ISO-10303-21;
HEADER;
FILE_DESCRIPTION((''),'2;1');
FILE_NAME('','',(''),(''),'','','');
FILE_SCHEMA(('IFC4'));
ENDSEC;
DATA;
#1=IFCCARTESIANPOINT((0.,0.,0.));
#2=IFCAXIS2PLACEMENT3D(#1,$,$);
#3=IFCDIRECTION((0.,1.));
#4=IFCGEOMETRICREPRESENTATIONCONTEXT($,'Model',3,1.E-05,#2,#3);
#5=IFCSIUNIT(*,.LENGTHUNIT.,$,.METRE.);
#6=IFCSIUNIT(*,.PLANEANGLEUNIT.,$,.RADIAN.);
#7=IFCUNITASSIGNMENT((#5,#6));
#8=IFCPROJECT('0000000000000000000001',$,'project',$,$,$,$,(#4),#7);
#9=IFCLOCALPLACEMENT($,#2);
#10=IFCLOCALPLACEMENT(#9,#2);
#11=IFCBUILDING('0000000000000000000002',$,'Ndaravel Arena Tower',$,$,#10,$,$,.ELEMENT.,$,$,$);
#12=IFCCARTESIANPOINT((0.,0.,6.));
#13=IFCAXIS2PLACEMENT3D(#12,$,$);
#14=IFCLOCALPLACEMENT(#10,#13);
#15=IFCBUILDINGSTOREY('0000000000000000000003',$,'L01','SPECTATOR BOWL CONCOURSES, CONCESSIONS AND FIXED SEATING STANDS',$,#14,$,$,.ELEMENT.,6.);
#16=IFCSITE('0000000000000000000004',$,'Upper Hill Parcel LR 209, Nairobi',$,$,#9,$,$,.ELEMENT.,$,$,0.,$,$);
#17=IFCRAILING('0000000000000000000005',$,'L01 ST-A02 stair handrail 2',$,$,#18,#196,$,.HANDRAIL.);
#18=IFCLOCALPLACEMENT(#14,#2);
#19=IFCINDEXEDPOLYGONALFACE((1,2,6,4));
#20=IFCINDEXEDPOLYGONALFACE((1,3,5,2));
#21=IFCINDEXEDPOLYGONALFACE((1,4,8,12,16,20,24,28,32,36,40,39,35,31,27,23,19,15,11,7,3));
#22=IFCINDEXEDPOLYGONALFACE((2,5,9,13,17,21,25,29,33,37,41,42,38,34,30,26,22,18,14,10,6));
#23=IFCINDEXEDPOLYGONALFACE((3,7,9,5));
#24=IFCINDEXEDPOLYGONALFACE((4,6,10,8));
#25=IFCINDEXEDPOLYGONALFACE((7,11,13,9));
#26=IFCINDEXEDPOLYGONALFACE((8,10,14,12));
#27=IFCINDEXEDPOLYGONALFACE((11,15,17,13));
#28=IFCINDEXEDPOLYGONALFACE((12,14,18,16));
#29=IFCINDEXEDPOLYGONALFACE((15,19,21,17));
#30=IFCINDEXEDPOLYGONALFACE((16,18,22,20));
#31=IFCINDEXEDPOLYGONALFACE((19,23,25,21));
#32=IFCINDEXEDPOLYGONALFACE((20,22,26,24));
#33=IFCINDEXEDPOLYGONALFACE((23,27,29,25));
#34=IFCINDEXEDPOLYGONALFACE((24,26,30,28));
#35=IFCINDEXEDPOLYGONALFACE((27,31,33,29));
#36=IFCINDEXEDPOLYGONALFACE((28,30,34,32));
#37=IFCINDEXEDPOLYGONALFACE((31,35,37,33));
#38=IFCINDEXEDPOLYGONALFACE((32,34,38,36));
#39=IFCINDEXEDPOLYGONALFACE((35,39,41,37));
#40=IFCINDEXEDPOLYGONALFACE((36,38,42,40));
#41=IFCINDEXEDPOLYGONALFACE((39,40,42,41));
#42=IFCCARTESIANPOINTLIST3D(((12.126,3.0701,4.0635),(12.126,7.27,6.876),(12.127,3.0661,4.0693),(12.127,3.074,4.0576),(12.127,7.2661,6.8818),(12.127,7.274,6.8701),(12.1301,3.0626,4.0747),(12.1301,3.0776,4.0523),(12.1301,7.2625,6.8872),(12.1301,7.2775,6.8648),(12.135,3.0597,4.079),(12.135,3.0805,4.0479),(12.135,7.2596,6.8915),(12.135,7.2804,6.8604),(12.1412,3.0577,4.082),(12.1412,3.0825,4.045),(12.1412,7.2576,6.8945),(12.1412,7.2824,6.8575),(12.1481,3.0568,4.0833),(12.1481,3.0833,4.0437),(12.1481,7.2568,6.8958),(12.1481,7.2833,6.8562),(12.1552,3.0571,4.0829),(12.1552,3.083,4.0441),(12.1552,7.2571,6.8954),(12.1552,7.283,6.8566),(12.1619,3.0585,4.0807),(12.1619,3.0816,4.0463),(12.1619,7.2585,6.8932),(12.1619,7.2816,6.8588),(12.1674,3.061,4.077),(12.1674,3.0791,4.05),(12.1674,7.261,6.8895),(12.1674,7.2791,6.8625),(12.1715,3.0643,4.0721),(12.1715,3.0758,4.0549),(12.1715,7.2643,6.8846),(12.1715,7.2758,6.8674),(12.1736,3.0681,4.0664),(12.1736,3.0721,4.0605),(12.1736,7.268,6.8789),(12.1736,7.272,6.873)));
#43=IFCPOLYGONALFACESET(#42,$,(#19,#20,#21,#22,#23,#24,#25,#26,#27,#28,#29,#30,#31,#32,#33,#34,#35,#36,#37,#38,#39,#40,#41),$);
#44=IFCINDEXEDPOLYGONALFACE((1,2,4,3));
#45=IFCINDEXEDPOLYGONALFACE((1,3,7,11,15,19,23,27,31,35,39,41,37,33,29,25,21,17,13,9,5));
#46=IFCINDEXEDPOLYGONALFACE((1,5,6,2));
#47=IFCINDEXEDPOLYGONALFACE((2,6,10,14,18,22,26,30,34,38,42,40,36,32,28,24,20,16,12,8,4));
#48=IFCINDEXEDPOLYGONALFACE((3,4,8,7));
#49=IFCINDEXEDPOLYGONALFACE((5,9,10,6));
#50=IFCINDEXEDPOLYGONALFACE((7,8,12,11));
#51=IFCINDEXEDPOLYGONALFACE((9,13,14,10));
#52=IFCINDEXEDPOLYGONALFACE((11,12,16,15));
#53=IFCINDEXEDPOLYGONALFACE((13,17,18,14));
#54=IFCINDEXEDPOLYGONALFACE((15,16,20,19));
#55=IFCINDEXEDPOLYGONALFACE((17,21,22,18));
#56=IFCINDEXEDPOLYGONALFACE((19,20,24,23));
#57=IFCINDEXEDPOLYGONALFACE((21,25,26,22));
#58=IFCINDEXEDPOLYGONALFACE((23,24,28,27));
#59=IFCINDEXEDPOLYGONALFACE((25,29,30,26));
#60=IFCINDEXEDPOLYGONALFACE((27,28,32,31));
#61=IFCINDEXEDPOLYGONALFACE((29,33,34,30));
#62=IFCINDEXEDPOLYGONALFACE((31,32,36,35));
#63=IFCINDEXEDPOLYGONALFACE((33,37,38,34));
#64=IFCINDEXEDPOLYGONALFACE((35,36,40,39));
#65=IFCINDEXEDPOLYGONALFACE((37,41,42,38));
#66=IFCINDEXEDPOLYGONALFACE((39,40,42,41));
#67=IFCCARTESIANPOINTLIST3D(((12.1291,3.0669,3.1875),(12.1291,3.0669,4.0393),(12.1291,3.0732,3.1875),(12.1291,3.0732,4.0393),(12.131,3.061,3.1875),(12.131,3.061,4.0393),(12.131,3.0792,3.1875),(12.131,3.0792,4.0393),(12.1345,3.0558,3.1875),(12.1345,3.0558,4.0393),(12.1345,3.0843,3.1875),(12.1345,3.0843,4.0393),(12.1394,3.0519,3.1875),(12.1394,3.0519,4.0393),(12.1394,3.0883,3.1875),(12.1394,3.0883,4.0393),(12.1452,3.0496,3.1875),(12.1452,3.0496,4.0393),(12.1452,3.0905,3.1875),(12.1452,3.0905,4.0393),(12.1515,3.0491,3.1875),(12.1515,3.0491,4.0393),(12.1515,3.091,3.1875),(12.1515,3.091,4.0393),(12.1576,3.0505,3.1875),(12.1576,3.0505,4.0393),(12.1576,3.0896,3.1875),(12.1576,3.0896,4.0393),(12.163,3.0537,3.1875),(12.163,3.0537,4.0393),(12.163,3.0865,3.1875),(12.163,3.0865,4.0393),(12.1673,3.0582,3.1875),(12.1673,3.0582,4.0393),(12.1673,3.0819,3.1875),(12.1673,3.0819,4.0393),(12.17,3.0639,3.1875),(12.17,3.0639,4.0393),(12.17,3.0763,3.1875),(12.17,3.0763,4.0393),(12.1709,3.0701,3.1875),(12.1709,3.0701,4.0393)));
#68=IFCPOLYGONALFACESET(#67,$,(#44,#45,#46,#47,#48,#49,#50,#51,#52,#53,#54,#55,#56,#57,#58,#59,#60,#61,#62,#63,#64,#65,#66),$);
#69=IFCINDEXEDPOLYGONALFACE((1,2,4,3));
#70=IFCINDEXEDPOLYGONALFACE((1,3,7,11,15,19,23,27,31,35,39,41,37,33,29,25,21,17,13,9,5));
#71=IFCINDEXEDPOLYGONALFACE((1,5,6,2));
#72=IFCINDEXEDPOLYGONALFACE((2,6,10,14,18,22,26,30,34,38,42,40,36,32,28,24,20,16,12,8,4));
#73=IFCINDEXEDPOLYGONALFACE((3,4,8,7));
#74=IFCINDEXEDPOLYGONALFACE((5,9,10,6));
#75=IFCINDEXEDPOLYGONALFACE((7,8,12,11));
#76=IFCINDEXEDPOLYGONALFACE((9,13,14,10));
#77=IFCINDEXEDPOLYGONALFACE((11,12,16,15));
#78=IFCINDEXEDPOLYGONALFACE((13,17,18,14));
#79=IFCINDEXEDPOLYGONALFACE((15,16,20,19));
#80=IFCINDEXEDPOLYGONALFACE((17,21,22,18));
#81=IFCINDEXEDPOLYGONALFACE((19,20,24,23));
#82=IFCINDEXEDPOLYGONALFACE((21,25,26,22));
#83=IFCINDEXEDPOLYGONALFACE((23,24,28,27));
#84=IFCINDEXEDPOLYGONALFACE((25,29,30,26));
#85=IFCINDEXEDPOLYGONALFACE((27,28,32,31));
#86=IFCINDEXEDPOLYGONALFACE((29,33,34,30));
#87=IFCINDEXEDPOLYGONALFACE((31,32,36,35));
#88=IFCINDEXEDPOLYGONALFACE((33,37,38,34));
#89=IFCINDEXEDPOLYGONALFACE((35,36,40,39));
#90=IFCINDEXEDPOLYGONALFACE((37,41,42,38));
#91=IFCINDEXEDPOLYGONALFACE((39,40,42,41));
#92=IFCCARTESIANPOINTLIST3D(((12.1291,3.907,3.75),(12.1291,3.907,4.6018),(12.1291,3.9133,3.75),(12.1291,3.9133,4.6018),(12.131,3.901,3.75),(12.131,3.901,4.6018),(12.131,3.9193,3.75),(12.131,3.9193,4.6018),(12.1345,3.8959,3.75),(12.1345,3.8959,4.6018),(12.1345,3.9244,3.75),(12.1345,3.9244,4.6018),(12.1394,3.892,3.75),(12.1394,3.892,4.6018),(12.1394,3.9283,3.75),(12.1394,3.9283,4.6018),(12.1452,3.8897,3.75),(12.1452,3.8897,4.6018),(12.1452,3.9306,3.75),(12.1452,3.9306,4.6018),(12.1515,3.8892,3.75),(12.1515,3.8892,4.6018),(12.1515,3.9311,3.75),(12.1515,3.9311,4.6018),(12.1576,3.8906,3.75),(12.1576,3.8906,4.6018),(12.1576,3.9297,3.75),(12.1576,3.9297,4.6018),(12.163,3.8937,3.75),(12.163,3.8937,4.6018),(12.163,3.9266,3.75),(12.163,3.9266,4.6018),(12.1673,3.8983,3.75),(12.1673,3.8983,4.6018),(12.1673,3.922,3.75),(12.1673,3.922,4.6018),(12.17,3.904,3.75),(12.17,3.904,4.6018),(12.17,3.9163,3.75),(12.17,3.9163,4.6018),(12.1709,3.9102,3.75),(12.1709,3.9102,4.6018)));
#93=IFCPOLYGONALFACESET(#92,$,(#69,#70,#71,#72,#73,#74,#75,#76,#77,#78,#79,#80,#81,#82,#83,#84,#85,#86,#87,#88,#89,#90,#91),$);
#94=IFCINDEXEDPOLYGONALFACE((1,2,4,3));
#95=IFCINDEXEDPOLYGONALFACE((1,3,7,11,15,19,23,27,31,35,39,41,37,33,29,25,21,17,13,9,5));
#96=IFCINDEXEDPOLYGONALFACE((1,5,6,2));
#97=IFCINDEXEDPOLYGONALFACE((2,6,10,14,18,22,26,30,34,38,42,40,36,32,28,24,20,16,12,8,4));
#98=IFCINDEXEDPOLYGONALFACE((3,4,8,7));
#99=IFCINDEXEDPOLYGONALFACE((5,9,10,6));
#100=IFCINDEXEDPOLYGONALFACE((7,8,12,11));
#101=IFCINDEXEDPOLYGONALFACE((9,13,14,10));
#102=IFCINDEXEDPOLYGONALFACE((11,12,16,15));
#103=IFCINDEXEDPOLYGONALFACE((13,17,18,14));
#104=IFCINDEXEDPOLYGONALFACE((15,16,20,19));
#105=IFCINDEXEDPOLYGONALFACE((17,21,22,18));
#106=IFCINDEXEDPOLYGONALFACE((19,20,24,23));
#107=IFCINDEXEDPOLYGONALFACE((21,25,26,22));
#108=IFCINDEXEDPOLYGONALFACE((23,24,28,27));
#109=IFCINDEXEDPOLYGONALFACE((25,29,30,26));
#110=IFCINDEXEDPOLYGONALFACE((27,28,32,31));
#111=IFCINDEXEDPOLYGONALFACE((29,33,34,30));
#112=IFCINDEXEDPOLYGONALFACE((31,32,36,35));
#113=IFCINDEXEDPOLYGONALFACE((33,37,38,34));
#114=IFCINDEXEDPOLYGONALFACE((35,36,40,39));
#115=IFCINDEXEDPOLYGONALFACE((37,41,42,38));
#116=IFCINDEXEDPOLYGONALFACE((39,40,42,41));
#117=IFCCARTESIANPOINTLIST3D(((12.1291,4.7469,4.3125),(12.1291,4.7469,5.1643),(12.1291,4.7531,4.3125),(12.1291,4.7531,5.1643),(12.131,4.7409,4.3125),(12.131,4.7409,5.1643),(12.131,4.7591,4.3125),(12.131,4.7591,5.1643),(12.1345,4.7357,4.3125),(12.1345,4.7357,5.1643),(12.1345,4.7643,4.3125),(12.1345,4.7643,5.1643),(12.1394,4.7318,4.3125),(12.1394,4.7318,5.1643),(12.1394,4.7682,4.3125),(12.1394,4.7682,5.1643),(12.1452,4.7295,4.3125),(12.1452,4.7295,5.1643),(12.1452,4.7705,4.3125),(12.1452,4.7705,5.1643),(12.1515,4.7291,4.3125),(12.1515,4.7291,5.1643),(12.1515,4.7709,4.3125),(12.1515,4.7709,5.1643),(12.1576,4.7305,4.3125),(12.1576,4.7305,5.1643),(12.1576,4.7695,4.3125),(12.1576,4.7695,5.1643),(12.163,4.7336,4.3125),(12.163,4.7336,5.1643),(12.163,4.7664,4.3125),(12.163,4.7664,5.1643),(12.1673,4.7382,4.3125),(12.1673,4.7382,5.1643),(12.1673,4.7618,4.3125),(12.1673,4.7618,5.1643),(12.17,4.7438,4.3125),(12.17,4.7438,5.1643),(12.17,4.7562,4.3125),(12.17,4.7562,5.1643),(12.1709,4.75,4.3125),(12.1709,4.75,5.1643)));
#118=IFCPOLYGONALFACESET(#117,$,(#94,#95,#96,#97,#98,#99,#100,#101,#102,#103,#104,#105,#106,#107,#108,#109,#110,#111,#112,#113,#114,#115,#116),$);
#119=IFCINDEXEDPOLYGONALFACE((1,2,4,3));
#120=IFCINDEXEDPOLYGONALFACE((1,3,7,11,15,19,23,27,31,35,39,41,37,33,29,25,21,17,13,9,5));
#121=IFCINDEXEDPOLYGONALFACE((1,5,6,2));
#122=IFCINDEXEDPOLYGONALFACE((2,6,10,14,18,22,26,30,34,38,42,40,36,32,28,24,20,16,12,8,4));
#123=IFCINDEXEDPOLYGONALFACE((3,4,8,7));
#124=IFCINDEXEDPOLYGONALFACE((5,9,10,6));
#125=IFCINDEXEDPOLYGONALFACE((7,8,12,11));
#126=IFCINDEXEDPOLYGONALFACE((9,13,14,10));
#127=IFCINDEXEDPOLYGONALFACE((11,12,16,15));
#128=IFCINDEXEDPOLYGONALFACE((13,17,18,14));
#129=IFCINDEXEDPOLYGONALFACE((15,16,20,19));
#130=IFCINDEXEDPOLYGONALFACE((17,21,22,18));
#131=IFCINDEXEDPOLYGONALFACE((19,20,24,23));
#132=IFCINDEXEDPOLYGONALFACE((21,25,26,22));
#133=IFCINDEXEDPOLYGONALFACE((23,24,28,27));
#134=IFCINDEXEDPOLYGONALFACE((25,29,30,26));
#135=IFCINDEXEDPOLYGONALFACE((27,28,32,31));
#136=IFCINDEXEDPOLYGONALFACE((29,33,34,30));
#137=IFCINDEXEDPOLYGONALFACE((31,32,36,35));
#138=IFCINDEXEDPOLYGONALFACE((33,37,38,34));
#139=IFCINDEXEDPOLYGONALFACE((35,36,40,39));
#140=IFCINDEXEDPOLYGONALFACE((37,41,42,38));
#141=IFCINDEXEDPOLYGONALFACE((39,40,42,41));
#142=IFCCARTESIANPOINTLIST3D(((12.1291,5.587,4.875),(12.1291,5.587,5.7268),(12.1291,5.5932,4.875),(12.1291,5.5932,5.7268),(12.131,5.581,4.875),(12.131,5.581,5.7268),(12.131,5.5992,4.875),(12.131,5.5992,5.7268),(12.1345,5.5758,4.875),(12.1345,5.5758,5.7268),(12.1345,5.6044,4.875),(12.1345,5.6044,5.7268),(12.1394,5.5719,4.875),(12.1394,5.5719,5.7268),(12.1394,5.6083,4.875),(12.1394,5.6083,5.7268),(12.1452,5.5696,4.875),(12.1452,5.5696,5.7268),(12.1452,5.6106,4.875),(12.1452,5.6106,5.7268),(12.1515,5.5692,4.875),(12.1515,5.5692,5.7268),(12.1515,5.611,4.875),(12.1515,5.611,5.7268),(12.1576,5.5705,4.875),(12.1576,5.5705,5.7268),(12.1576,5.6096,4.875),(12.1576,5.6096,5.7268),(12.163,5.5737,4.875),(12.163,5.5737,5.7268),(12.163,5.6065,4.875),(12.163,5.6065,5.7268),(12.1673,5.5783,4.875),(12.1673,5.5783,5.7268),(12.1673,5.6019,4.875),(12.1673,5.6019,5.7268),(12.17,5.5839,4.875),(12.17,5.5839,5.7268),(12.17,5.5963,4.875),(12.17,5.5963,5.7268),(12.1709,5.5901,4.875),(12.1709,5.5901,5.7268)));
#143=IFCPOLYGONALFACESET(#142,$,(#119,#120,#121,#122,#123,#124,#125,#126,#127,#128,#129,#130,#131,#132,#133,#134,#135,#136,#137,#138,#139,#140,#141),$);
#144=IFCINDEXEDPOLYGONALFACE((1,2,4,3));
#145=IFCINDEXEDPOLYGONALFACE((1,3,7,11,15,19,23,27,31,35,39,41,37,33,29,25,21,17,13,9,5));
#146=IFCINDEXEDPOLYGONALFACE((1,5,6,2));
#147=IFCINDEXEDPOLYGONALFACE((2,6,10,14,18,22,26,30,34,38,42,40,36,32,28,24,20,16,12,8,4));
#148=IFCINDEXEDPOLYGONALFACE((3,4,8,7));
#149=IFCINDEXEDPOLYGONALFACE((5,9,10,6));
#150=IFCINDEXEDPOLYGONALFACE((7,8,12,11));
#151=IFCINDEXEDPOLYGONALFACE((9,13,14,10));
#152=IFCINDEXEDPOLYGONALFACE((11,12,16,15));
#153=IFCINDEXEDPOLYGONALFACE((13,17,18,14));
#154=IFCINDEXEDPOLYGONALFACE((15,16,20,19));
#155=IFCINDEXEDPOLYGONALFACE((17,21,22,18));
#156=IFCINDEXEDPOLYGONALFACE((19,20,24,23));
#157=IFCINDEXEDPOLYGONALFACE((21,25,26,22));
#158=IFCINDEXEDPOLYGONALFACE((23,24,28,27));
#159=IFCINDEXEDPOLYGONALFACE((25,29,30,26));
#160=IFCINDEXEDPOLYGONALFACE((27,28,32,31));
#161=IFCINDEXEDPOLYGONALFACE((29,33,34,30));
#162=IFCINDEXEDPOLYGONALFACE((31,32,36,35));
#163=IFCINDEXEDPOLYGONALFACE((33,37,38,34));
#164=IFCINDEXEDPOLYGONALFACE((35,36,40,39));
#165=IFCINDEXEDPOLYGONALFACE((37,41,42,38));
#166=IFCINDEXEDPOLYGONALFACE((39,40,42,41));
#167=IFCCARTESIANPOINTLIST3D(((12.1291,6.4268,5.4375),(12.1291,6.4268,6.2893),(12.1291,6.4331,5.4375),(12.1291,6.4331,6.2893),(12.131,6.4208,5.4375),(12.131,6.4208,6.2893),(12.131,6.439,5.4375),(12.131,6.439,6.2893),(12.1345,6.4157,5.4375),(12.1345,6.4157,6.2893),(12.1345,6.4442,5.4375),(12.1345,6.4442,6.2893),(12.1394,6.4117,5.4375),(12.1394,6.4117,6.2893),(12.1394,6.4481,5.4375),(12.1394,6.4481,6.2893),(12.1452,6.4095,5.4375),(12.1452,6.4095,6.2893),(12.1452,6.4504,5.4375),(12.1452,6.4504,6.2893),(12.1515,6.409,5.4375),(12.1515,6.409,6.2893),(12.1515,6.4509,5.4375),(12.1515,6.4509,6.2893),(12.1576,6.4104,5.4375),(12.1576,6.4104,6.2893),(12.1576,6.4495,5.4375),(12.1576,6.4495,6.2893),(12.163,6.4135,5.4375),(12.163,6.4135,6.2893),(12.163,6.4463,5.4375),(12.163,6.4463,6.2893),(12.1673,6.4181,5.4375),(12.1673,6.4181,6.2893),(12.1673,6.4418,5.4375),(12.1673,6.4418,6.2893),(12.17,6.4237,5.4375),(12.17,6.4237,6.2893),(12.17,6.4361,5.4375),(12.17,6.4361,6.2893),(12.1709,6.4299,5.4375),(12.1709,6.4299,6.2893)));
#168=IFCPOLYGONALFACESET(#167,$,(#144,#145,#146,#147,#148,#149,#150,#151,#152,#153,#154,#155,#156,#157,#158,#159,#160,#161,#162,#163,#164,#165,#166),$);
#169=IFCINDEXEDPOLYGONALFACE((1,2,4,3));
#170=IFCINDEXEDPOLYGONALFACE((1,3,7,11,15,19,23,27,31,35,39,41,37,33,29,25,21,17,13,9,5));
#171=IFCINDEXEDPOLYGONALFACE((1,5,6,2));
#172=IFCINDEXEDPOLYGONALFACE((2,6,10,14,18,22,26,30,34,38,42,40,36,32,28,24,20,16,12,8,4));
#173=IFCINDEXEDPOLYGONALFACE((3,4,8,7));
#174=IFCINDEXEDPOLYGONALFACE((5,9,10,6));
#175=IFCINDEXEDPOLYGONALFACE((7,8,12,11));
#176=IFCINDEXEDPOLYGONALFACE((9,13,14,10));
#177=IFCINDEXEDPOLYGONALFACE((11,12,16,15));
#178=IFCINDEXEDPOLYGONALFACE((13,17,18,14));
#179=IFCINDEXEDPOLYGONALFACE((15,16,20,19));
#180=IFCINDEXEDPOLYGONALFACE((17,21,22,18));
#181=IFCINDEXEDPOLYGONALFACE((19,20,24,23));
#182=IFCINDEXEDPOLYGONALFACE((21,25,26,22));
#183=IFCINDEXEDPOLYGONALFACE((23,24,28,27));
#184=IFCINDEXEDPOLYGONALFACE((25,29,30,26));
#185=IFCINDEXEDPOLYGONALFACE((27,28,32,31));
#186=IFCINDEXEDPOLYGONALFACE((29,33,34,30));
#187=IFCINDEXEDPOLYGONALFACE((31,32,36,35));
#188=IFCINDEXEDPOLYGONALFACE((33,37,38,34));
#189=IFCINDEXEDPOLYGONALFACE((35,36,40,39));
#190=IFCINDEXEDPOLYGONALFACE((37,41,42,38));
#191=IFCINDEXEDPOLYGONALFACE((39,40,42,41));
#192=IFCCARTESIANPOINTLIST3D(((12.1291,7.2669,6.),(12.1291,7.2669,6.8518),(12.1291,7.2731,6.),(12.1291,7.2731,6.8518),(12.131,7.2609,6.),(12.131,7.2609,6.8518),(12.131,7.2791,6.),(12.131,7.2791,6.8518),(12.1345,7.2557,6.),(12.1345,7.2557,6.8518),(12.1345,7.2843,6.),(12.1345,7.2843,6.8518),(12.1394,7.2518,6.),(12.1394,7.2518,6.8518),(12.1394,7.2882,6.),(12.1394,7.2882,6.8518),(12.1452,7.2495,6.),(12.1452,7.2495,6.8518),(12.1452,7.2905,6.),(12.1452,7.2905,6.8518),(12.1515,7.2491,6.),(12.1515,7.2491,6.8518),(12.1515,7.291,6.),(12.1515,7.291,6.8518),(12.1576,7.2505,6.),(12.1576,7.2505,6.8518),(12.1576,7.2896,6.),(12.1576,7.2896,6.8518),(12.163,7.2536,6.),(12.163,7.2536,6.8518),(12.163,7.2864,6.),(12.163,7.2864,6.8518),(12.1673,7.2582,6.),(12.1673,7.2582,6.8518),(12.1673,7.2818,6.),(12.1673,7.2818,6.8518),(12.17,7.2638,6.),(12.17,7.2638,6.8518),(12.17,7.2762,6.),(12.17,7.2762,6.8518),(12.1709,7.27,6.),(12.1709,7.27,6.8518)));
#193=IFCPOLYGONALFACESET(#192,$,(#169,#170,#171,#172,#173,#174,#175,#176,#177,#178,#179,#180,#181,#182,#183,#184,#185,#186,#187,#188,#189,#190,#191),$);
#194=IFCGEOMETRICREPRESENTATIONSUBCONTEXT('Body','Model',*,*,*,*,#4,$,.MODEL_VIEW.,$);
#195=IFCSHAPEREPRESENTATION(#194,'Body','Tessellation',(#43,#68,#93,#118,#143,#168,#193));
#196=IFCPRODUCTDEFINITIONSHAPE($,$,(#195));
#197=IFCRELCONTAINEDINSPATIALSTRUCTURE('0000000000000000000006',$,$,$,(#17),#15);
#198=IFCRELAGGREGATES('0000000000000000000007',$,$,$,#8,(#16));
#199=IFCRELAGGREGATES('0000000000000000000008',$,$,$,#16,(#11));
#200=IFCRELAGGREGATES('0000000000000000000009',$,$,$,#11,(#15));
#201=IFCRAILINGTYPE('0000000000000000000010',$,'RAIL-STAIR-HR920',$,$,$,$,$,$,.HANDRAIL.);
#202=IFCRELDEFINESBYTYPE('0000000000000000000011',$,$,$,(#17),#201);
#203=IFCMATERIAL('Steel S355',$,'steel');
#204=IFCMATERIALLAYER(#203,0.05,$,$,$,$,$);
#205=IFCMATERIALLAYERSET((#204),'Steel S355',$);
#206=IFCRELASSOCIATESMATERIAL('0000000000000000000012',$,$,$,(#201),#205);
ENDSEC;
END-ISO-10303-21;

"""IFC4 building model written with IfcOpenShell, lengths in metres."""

from ifc_helpers import new_model, si_unit, direction, frame, origin, origin_2d, place, context, subcontext, project, spatial, circle, extrude, material, layer, layer_set, type_object, element, save


model = new_model("IFC4")

# Units and contexts
model_context = context("Model", 3, precision=1e-05, world=origin(), true_north=direction((0.0, 1.0)))
body_context = subcontext(model_context, "Body", "Model", "MODEL_VIEW")
ifc_project = project(units=[si_unit("LENGTHUNIT", "METRE"), si_unit("PLANEANGLEUNIT", "RADIAN")], contexts=[model_context])

# Site, building, storey
site_placement = place(None, origin())
site = spatial("IfcSite", under=ifc_project, at=site_placement, Name="Upper Hill Parcel LR 209, Nairobi", CompositionType="ELEMENT", RefElevation=0.0)
building_placement = place(site_placement, origin())
building = spatial("IfcBuilding", under=site, at=building_placement, Name="Ndaravel Arena Tower", CompositionType="ELEMENT")
storey_placement = place(building_placement, frame((0.0, 0.0, 6.0)))
storey = spatial("IfcBuildingStorey", under=building, at=storey_placement, Name="L01", Description="SPECTATOR BOWL CONCOURSES, CONCESSIONS AND FIXED SEATING STANDS", CompositionType="ELEMENT", Elevation=6.0)

# Railing
ifc_material_1 = material(Name="Steel S355", Category="steel")
ifc_layer_1 = layer(ifc_material_1, 0.05)
ifc_layer_set_1 = layer_set([ifc_layer_1], Name="Steel S355")
railing_type_1 = type_object("IfcRailingType", Name="RAIL-STAIR-HR920", PredefinedType="HANDRAIL", material=ifc_layer_set_1)
railing_1_placement = place(storey_placement, frame((12.1499, 3.0701, 3.1875)))
element("IfcRailing", 1, at=railing_1_placement, inside=storey, type_object=railing_type_1, Name="L01 ST-A02 stair handrail 2", PredefinedType="HANDRAIL", context=body_context, shape_type="SweptSolid", body=[
    extrude(circle(Radius=0.0239, at=origin_2d()), frame((0.0, 0.0, 0.876), z_axis=(0.0, 0.830904, 0.556416), x_axis=(-1.0, 0.0, 0.0)), (0.0, 0.0, 1.0), 5.0547),
    extrude(circle(Radius=0.021, at=origin_2d()), origin(), (0.0, 0.0, 1.0), 0.8518),
    extrude(circle(Radius=0.021, at=origin_2d()), frame((0.0, 0.8401, 0.5625)), (0.0, 0.0, 1.0), 0.8518),
    extrude(circle(Radius=0.021, at=origin_2d()), frame((0.0, 1.6799, 1.125)), (0.0, 0.0, 1.0), 0.8518),
    extrude(circle(Radius=0.021, at=origin_2d()), frame((0.0, 2.52, 1.6875)), (0.0, 0.0, 1.0), 0.8518),
    extrude(circle(Radius=0.021, at=origin_2d()), frame((0.0, 3.3599, 2.25)), (0.0, 0.0, 1.0), 0.8518),
    extrude(circle(Radius=0.021, at=origin_2d()), frame((0.0, 4.2, 2.8125)), (0.0, 0.0, 1.0), 0.8518),
])

save(model, "model.ifc")
